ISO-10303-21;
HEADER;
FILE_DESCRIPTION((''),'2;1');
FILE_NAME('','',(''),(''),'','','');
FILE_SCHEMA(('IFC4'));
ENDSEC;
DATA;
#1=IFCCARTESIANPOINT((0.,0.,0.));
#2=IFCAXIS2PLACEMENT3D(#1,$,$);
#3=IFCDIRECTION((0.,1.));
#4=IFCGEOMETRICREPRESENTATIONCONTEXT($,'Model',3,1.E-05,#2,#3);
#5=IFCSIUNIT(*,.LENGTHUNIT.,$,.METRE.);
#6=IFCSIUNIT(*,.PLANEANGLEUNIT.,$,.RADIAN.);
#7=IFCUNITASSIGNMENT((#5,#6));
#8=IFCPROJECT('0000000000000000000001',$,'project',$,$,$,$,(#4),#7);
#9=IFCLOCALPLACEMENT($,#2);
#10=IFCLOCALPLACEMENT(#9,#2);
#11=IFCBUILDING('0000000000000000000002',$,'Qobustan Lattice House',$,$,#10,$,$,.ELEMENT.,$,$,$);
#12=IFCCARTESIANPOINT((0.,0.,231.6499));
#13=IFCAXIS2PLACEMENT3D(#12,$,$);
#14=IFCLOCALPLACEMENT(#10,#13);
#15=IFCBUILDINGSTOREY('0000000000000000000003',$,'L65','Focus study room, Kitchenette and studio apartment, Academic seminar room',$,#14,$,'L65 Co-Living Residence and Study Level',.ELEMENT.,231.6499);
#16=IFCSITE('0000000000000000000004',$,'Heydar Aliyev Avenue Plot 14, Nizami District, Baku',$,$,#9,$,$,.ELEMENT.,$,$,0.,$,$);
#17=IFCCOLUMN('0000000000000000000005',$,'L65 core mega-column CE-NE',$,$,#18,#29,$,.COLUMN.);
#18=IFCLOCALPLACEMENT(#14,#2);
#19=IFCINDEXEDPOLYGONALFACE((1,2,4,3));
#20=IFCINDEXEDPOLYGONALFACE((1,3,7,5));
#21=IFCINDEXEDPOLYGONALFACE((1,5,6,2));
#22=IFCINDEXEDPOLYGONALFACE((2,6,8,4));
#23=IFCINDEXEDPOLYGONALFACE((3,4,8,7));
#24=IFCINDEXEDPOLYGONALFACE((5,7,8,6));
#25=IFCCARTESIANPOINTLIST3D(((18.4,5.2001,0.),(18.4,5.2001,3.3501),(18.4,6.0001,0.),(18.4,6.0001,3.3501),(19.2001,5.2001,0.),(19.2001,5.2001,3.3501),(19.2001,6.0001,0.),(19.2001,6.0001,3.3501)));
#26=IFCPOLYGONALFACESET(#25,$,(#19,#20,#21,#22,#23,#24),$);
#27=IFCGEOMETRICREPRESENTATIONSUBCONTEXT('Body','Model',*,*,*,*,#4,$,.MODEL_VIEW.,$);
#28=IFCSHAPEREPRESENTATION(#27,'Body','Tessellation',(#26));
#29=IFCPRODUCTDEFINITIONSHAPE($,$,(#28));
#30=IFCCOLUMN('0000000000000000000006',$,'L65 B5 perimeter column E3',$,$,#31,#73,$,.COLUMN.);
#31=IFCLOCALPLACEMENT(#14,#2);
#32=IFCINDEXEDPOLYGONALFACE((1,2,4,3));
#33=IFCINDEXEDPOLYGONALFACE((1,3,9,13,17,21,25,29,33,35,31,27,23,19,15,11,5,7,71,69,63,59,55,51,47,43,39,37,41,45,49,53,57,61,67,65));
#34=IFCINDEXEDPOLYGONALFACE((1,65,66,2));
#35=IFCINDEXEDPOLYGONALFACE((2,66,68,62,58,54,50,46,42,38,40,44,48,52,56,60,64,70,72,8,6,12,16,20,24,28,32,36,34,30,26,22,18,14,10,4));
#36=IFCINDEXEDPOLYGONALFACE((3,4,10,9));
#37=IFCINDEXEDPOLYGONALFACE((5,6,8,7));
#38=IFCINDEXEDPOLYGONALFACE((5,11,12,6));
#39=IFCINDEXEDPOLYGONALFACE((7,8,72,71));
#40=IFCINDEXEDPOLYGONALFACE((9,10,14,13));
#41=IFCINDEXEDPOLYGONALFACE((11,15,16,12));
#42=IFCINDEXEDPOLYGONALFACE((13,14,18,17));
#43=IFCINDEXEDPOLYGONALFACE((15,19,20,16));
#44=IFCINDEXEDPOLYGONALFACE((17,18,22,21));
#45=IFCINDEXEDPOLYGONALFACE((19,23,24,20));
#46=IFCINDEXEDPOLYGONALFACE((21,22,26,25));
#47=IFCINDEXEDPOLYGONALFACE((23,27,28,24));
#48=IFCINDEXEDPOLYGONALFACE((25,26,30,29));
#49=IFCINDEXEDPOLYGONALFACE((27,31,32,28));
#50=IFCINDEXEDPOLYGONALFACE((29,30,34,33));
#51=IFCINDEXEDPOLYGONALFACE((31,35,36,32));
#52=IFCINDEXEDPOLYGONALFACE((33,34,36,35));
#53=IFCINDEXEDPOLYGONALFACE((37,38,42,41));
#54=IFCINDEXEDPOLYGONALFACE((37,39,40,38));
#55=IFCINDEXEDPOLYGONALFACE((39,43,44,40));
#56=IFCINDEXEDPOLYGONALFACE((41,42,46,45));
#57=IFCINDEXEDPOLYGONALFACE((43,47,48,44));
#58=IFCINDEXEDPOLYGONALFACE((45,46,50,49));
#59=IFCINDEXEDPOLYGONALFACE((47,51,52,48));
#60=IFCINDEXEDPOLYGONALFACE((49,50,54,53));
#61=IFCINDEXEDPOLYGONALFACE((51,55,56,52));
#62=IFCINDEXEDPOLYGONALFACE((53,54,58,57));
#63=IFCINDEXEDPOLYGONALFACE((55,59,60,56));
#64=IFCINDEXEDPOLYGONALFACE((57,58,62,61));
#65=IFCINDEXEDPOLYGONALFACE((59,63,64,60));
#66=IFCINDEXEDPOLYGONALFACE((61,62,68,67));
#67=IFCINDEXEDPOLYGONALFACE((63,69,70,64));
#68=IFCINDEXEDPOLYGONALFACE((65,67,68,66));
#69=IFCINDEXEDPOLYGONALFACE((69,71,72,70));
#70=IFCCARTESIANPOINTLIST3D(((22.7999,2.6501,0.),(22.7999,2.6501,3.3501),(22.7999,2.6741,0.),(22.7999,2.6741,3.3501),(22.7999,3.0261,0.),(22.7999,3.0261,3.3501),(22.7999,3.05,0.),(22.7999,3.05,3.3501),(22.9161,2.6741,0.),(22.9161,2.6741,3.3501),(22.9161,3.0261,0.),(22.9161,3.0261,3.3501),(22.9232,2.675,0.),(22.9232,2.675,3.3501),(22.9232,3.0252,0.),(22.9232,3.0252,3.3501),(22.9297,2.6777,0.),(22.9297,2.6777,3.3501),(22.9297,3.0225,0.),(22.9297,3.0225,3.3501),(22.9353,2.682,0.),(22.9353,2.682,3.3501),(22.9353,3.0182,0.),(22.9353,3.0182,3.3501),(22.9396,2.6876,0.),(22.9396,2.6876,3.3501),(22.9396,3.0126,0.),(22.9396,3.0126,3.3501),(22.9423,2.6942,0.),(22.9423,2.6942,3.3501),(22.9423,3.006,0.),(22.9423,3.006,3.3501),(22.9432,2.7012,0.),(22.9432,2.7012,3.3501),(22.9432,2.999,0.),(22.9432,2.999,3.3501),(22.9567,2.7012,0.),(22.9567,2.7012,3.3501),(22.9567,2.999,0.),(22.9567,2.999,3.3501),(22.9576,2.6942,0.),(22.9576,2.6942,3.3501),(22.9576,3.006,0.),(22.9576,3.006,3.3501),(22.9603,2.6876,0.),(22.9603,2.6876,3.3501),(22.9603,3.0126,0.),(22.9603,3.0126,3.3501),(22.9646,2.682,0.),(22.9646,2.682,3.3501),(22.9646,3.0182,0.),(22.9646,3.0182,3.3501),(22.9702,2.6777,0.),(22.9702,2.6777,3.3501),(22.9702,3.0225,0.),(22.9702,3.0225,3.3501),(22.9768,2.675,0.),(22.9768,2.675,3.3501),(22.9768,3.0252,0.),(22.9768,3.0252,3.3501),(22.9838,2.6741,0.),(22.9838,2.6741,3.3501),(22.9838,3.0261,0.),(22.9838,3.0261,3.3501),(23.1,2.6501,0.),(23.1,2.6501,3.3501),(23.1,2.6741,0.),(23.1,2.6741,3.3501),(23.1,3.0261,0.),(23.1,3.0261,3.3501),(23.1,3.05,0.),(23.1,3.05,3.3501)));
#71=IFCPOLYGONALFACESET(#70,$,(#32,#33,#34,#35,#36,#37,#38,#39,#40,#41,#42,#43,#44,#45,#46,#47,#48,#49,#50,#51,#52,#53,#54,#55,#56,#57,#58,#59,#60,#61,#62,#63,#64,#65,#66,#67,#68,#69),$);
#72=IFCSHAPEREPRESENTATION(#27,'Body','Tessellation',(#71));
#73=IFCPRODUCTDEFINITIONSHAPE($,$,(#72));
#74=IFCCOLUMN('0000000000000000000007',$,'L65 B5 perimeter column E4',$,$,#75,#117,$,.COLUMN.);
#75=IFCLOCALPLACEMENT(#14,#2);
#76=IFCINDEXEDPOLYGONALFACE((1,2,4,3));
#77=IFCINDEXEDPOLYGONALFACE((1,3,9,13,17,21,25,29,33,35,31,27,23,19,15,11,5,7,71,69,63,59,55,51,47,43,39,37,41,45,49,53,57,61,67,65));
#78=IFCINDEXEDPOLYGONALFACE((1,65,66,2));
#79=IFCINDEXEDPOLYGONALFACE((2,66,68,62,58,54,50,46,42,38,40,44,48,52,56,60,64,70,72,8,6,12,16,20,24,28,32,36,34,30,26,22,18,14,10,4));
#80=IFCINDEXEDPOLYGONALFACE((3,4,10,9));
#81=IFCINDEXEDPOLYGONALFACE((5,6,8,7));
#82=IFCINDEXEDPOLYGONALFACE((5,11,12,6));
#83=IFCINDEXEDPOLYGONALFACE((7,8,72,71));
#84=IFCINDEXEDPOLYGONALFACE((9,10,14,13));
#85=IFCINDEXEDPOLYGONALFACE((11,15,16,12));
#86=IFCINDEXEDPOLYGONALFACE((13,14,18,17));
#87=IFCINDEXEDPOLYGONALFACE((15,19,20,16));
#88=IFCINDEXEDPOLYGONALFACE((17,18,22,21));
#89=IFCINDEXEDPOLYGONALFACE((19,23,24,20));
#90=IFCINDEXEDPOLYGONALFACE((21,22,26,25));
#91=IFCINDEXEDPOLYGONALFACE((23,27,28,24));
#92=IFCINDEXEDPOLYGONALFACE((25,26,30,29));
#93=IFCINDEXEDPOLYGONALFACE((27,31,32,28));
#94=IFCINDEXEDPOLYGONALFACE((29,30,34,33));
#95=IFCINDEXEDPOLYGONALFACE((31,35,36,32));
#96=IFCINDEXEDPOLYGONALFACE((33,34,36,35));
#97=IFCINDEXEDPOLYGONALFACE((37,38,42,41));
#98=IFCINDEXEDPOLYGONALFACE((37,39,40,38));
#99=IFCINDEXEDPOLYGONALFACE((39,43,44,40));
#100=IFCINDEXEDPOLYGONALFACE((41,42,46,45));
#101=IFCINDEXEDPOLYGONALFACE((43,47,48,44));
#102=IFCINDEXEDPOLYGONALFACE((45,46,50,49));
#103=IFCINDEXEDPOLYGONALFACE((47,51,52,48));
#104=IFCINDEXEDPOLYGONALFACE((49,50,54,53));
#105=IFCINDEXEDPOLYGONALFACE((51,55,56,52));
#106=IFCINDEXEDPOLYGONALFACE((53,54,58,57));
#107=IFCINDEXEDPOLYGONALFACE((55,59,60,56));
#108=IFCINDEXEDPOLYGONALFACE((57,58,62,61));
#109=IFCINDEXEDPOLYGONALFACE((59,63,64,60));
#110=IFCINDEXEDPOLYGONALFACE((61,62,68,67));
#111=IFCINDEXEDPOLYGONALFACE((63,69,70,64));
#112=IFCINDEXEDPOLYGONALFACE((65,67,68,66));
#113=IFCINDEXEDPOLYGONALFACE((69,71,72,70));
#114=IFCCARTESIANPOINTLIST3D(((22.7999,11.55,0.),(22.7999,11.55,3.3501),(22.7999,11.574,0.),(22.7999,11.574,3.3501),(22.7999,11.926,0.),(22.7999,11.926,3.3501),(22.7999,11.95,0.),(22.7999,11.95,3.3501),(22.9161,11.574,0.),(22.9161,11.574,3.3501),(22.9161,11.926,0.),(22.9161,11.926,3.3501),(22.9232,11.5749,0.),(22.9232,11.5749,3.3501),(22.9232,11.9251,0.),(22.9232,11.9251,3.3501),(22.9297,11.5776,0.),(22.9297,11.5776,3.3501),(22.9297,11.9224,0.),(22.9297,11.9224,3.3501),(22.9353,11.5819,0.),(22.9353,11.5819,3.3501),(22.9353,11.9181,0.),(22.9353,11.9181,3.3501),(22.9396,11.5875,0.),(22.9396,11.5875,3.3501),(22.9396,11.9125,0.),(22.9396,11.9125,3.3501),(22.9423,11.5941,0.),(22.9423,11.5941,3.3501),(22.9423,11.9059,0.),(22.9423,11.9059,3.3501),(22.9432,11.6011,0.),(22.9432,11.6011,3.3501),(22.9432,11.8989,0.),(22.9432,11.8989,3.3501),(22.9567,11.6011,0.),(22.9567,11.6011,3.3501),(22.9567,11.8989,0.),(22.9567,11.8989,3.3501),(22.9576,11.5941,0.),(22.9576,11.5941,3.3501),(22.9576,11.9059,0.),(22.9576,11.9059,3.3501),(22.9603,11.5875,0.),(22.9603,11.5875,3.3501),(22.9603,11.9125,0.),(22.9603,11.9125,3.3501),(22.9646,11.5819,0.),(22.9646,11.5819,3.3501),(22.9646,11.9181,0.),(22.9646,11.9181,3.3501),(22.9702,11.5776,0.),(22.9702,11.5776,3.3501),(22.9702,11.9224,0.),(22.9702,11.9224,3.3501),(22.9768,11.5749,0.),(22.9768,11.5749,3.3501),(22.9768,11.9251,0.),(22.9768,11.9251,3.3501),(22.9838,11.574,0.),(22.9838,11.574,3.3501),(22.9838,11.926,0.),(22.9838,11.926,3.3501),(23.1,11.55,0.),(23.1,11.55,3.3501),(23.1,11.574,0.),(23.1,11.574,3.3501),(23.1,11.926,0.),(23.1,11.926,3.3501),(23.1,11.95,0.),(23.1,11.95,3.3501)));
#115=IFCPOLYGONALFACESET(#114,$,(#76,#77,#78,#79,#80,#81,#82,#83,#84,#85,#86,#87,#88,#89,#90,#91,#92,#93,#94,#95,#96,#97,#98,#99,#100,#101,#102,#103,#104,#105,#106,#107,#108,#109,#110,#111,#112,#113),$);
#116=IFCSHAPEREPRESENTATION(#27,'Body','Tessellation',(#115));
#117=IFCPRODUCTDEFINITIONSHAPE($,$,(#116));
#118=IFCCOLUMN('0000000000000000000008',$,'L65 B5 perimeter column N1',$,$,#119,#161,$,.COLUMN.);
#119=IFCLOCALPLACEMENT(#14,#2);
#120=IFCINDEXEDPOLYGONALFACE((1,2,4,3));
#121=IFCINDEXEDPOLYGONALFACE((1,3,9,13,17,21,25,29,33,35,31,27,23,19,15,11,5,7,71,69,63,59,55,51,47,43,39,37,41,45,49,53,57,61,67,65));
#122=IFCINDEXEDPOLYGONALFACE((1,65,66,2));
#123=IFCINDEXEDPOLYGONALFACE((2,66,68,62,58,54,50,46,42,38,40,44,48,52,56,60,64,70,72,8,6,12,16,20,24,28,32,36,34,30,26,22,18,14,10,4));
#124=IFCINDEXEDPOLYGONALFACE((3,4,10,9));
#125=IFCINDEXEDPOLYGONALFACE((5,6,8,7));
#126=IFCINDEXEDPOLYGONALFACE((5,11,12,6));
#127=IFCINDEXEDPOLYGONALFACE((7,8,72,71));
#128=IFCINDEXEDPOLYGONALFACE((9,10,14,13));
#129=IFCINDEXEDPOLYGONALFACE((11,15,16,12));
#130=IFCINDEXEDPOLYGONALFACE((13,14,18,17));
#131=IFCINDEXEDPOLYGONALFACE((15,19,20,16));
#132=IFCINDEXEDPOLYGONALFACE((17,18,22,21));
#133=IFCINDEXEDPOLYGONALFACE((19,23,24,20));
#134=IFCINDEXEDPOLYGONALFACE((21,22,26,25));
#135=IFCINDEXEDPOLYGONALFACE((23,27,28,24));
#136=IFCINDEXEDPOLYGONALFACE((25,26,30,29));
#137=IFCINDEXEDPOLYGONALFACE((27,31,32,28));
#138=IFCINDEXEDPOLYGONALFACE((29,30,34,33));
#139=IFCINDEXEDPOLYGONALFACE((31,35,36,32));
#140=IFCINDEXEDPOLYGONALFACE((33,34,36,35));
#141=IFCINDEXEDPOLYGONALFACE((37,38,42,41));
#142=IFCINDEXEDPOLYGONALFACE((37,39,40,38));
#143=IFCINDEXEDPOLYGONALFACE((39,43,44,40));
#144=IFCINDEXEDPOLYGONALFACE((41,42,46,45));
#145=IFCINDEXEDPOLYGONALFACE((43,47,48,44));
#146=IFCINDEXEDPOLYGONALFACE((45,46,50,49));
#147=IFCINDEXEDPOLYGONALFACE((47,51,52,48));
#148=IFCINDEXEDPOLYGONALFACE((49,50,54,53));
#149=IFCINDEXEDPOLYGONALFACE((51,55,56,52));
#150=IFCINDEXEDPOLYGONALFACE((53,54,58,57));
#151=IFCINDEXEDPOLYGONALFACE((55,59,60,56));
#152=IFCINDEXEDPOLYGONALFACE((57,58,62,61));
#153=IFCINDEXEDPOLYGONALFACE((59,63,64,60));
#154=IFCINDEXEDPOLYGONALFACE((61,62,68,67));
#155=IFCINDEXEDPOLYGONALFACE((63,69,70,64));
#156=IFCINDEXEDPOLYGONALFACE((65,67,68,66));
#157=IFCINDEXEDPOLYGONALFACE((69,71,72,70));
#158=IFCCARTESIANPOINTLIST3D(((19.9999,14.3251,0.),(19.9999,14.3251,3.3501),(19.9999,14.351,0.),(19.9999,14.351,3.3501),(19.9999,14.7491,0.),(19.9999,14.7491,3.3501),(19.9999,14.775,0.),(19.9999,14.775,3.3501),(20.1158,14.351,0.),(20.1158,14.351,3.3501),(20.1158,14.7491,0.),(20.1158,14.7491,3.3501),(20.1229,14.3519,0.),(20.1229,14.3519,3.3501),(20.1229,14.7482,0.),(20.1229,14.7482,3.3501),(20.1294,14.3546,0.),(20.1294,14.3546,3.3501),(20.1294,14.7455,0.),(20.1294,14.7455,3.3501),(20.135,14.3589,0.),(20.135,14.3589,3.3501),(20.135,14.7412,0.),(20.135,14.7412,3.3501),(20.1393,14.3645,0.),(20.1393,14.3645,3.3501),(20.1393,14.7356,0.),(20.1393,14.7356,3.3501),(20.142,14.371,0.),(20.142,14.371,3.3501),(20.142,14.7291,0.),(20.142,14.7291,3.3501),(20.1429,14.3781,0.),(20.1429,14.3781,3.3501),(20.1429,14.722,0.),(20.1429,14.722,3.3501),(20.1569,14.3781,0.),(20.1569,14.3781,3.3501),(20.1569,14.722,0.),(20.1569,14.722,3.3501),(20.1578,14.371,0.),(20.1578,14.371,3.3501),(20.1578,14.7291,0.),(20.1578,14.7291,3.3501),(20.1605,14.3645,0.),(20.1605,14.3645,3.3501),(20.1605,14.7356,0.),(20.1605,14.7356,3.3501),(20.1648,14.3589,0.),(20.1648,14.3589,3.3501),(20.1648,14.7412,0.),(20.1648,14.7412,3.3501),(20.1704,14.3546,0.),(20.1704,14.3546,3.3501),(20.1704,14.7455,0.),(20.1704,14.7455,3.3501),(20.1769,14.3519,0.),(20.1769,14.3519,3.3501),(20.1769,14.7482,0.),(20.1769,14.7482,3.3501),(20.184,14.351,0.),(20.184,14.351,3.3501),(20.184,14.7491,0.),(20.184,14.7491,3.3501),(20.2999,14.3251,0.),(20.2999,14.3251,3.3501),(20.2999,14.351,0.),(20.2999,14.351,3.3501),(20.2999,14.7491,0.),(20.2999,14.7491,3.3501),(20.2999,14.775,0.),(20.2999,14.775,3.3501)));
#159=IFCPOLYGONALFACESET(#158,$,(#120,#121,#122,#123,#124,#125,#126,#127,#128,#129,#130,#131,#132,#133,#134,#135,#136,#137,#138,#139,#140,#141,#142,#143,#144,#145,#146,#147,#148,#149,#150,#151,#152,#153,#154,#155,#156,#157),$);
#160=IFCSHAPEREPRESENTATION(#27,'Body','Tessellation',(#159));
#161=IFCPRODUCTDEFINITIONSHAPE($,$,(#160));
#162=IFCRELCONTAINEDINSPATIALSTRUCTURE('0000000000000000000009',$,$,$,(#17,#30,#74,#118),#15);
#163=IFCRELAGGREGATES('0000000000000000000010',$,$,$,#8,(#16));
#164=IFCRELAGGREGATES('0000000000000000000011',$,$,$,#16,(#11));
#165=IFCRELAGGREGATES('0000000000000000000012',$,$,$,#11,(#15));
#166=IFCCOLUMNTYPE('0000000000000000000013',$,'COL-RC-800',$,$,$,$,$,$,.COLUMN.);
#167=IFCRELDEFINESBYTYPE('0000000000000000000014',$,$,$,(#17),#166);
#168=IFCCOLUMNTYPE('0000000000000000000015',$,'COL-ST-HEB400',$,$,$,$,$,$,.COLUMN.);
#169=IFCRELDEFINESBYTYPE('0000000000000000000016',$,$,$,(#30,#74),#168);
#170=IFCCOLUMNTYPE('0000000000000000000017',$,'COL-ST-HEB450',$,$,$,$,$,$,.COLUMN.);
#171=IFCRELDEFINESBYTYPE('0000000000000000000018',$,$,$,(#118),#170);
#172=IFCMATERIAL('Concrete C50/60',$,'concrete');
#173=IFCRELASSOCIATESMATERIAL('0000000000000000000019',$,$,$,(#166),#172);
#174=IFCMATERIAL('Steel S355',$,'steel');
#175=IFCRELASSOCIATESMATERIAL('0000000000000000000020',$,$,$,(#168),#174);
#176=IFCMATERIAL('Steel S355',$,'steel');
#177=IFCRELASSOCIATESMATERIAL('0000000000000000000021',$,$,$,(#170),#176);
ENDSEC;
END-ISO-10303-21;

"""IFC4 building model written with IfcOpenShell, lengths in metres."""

from ifc_helpers import new_model, si_unit, direction, frame, origin, origin_2d, place, context, subcontext, project, spatial, rectangle, i_section, extrude, material, material_profile, profile_set, type_object, element, save


model = new_model("IFC4")

# Units and contexts
model_context = context("Model", 3, precision=1e-05, world=origin(), true_north=direction((0.0, 1.0)))
body_context = subcontext(model_context, "Body", "Model", "MODEL_VIEW")
ifc_project = project(units=[si_unit("LENGTHUNIT", "METRE"), si_unit("PLANEANGLEUNIT", "RADIAN")], contexts=[model_context])

# Site, building, storey
site_placement = place(None, origin())
site = spatial("IfcSite", under=ifc_project, at=site_placement, Name="Heydar Aliyev Avenue Plot 14, Nizami District, Baku", CompositionType="ELEMENT", RefElevation=0.0)
building_placement = place(site_placement, origin())
building = spatial("IfcBuilding", under=site, at=building_placement, Name="Qobustan Lattice House", CompositionType="ELEMENT")
storey_placement = place(building_placement, frame((0.0, 0.0, 231.6499)))
storey = spatial("IfcBuildingStorey", under=building, at=storey_placement, Name="L65", Description="Focus study room, Kitchenette and studio apartment, Academic seminar room", LongName="L65 Co-Living Residence and Study Level", CompositionType="ELEMENT", Elevation=231.6499)

# Columns
ifc_material_1 = material(Name="Concrete C50/60", Category="concrete")
ifc_material_profile_1 = material_profile(ifc_material_1, rectangle(XDim=0.8, YDim=0.8, at=origin_2d()), Name="RC800x800")
ifc_profile_set_1 = profile_set([ifc_material_profile_1], Name="Concrete C50/60")
column_type_1 = type_object("IfcColumnType", Name="COL-RC-800", PredefinedType="COLUMN", material=ifc_profile_set_1)
column_1_placement = place(storey_placement, frame((18.8, 5.6001, 0.0), z_axis=(0.0, 0.0, 1.0), x_axis=(1.0, 0.0, 0.0)))
element("IfcColumn", 1, at=column_1_placement, inside=storey, type_object=column_type_1, Name="L65 core mega-column CE-NE", PredefinedType="COLUMN", context=body_context, shape_type="SweptSolid", body=[
    extrude(rectangle(XDim=0.8, YDim=0.8, at=origin_2d()), origin(), (0.0, 0.0, 1.0), 3.3501),
])
ifc_material_2 = material(Name="Steel S355", Category="steel")
ifc_material_profile_2 = material_profile(ifc_material_2, i_section(OverallWidth=0.3, OverallDepth=0.3999, WebThickness=0.0134, FlangeThickness=0.0239, FilletRadius=0.0271, at=origin_2d()), Name="HEB400")
ifc_profile_set_2 = profile_set([ifc_material_profile_2], Name="Steel S355")
column_type_2 = type_object("IfcColumnType", Name="COL-ST-HEB400", PredefinedType="COLUMN", material=ifc_profile_set_2)
for number, where, z_axis, x_axis, name in (
    (2, (22.95, 2.8501, 0.0), (0.0, 0.0, 1.0), (1.0, 0.0, 0.0), "L65 B5 perimeter column E3"),
    (3, (22.95, 11.75, 0.0), (0.0, 0.0, 1.0), (1.0, 0.0, 0.0), "L65 B5 perimeter column E4"),
):
    element("IfcColumn", number, at=place(storey_placement, frame(where, z_axis=z_axis, x_axis=x_axis)), inside=storey, type_object=column_type_2, Name=name, PredefinedType="COLUMN", context=body_context, shape_type="SweptSolid", body=[
        extrude(i_section(OverallWidth=0.3, OverallDepth=0.3999, WebThickness=0.0134, FlangeThickness=0.0239, FilletRadius=0.0271, at=origin_2d()), origin(), (0.0, 0.0, 1.0), 3.3501),
    ])
ifc_material_3 = material(Name="Steel S355", Category="steel")
ifc_material_profile_3 = material_profile(ifc_material_3, i_section(OverallWidth=0.3, OverallDepth=0.45, WebThickness=0.0139, FlangeThickness=0.0259, FilletRadius=0.0271, at=origin_2d()), Name="HEB450")
ifc_profile_set_3 = profile_set([ifc_material_profile_3], Name="Steel S355")
column_type_3 = type_object("IfcColumnType", Name="COL-ST-HEB450", PredefinedType="COLUMN", material=ifc_profile_set_3)
column_2_placement = place(storey_placement, frame((20.1499, 14.55, 0.0), z_axis=(0.0, 0.0, 1.0), x_axis=(1.0, 0.0, 0.0)))
element("IfcColumn", 4, at=column_2_placement, inside=storey, type_object=column_type_3, Name="L65 B5 perimeter column N1", PredefinedType="COLUMN", context=body_context, shape_type="SweptSolid", body=[
    extrude(i_section(OverallWidth=0.3, OverallDepth=0.45, WebThickness=0.0139, FlangeThickness=0.0259, FilletRadius=0.0271, at=origin_2d()), origin(), (0.0, 0.0, 1.0), 3.3501),
])

save(model, "model.ifc")
